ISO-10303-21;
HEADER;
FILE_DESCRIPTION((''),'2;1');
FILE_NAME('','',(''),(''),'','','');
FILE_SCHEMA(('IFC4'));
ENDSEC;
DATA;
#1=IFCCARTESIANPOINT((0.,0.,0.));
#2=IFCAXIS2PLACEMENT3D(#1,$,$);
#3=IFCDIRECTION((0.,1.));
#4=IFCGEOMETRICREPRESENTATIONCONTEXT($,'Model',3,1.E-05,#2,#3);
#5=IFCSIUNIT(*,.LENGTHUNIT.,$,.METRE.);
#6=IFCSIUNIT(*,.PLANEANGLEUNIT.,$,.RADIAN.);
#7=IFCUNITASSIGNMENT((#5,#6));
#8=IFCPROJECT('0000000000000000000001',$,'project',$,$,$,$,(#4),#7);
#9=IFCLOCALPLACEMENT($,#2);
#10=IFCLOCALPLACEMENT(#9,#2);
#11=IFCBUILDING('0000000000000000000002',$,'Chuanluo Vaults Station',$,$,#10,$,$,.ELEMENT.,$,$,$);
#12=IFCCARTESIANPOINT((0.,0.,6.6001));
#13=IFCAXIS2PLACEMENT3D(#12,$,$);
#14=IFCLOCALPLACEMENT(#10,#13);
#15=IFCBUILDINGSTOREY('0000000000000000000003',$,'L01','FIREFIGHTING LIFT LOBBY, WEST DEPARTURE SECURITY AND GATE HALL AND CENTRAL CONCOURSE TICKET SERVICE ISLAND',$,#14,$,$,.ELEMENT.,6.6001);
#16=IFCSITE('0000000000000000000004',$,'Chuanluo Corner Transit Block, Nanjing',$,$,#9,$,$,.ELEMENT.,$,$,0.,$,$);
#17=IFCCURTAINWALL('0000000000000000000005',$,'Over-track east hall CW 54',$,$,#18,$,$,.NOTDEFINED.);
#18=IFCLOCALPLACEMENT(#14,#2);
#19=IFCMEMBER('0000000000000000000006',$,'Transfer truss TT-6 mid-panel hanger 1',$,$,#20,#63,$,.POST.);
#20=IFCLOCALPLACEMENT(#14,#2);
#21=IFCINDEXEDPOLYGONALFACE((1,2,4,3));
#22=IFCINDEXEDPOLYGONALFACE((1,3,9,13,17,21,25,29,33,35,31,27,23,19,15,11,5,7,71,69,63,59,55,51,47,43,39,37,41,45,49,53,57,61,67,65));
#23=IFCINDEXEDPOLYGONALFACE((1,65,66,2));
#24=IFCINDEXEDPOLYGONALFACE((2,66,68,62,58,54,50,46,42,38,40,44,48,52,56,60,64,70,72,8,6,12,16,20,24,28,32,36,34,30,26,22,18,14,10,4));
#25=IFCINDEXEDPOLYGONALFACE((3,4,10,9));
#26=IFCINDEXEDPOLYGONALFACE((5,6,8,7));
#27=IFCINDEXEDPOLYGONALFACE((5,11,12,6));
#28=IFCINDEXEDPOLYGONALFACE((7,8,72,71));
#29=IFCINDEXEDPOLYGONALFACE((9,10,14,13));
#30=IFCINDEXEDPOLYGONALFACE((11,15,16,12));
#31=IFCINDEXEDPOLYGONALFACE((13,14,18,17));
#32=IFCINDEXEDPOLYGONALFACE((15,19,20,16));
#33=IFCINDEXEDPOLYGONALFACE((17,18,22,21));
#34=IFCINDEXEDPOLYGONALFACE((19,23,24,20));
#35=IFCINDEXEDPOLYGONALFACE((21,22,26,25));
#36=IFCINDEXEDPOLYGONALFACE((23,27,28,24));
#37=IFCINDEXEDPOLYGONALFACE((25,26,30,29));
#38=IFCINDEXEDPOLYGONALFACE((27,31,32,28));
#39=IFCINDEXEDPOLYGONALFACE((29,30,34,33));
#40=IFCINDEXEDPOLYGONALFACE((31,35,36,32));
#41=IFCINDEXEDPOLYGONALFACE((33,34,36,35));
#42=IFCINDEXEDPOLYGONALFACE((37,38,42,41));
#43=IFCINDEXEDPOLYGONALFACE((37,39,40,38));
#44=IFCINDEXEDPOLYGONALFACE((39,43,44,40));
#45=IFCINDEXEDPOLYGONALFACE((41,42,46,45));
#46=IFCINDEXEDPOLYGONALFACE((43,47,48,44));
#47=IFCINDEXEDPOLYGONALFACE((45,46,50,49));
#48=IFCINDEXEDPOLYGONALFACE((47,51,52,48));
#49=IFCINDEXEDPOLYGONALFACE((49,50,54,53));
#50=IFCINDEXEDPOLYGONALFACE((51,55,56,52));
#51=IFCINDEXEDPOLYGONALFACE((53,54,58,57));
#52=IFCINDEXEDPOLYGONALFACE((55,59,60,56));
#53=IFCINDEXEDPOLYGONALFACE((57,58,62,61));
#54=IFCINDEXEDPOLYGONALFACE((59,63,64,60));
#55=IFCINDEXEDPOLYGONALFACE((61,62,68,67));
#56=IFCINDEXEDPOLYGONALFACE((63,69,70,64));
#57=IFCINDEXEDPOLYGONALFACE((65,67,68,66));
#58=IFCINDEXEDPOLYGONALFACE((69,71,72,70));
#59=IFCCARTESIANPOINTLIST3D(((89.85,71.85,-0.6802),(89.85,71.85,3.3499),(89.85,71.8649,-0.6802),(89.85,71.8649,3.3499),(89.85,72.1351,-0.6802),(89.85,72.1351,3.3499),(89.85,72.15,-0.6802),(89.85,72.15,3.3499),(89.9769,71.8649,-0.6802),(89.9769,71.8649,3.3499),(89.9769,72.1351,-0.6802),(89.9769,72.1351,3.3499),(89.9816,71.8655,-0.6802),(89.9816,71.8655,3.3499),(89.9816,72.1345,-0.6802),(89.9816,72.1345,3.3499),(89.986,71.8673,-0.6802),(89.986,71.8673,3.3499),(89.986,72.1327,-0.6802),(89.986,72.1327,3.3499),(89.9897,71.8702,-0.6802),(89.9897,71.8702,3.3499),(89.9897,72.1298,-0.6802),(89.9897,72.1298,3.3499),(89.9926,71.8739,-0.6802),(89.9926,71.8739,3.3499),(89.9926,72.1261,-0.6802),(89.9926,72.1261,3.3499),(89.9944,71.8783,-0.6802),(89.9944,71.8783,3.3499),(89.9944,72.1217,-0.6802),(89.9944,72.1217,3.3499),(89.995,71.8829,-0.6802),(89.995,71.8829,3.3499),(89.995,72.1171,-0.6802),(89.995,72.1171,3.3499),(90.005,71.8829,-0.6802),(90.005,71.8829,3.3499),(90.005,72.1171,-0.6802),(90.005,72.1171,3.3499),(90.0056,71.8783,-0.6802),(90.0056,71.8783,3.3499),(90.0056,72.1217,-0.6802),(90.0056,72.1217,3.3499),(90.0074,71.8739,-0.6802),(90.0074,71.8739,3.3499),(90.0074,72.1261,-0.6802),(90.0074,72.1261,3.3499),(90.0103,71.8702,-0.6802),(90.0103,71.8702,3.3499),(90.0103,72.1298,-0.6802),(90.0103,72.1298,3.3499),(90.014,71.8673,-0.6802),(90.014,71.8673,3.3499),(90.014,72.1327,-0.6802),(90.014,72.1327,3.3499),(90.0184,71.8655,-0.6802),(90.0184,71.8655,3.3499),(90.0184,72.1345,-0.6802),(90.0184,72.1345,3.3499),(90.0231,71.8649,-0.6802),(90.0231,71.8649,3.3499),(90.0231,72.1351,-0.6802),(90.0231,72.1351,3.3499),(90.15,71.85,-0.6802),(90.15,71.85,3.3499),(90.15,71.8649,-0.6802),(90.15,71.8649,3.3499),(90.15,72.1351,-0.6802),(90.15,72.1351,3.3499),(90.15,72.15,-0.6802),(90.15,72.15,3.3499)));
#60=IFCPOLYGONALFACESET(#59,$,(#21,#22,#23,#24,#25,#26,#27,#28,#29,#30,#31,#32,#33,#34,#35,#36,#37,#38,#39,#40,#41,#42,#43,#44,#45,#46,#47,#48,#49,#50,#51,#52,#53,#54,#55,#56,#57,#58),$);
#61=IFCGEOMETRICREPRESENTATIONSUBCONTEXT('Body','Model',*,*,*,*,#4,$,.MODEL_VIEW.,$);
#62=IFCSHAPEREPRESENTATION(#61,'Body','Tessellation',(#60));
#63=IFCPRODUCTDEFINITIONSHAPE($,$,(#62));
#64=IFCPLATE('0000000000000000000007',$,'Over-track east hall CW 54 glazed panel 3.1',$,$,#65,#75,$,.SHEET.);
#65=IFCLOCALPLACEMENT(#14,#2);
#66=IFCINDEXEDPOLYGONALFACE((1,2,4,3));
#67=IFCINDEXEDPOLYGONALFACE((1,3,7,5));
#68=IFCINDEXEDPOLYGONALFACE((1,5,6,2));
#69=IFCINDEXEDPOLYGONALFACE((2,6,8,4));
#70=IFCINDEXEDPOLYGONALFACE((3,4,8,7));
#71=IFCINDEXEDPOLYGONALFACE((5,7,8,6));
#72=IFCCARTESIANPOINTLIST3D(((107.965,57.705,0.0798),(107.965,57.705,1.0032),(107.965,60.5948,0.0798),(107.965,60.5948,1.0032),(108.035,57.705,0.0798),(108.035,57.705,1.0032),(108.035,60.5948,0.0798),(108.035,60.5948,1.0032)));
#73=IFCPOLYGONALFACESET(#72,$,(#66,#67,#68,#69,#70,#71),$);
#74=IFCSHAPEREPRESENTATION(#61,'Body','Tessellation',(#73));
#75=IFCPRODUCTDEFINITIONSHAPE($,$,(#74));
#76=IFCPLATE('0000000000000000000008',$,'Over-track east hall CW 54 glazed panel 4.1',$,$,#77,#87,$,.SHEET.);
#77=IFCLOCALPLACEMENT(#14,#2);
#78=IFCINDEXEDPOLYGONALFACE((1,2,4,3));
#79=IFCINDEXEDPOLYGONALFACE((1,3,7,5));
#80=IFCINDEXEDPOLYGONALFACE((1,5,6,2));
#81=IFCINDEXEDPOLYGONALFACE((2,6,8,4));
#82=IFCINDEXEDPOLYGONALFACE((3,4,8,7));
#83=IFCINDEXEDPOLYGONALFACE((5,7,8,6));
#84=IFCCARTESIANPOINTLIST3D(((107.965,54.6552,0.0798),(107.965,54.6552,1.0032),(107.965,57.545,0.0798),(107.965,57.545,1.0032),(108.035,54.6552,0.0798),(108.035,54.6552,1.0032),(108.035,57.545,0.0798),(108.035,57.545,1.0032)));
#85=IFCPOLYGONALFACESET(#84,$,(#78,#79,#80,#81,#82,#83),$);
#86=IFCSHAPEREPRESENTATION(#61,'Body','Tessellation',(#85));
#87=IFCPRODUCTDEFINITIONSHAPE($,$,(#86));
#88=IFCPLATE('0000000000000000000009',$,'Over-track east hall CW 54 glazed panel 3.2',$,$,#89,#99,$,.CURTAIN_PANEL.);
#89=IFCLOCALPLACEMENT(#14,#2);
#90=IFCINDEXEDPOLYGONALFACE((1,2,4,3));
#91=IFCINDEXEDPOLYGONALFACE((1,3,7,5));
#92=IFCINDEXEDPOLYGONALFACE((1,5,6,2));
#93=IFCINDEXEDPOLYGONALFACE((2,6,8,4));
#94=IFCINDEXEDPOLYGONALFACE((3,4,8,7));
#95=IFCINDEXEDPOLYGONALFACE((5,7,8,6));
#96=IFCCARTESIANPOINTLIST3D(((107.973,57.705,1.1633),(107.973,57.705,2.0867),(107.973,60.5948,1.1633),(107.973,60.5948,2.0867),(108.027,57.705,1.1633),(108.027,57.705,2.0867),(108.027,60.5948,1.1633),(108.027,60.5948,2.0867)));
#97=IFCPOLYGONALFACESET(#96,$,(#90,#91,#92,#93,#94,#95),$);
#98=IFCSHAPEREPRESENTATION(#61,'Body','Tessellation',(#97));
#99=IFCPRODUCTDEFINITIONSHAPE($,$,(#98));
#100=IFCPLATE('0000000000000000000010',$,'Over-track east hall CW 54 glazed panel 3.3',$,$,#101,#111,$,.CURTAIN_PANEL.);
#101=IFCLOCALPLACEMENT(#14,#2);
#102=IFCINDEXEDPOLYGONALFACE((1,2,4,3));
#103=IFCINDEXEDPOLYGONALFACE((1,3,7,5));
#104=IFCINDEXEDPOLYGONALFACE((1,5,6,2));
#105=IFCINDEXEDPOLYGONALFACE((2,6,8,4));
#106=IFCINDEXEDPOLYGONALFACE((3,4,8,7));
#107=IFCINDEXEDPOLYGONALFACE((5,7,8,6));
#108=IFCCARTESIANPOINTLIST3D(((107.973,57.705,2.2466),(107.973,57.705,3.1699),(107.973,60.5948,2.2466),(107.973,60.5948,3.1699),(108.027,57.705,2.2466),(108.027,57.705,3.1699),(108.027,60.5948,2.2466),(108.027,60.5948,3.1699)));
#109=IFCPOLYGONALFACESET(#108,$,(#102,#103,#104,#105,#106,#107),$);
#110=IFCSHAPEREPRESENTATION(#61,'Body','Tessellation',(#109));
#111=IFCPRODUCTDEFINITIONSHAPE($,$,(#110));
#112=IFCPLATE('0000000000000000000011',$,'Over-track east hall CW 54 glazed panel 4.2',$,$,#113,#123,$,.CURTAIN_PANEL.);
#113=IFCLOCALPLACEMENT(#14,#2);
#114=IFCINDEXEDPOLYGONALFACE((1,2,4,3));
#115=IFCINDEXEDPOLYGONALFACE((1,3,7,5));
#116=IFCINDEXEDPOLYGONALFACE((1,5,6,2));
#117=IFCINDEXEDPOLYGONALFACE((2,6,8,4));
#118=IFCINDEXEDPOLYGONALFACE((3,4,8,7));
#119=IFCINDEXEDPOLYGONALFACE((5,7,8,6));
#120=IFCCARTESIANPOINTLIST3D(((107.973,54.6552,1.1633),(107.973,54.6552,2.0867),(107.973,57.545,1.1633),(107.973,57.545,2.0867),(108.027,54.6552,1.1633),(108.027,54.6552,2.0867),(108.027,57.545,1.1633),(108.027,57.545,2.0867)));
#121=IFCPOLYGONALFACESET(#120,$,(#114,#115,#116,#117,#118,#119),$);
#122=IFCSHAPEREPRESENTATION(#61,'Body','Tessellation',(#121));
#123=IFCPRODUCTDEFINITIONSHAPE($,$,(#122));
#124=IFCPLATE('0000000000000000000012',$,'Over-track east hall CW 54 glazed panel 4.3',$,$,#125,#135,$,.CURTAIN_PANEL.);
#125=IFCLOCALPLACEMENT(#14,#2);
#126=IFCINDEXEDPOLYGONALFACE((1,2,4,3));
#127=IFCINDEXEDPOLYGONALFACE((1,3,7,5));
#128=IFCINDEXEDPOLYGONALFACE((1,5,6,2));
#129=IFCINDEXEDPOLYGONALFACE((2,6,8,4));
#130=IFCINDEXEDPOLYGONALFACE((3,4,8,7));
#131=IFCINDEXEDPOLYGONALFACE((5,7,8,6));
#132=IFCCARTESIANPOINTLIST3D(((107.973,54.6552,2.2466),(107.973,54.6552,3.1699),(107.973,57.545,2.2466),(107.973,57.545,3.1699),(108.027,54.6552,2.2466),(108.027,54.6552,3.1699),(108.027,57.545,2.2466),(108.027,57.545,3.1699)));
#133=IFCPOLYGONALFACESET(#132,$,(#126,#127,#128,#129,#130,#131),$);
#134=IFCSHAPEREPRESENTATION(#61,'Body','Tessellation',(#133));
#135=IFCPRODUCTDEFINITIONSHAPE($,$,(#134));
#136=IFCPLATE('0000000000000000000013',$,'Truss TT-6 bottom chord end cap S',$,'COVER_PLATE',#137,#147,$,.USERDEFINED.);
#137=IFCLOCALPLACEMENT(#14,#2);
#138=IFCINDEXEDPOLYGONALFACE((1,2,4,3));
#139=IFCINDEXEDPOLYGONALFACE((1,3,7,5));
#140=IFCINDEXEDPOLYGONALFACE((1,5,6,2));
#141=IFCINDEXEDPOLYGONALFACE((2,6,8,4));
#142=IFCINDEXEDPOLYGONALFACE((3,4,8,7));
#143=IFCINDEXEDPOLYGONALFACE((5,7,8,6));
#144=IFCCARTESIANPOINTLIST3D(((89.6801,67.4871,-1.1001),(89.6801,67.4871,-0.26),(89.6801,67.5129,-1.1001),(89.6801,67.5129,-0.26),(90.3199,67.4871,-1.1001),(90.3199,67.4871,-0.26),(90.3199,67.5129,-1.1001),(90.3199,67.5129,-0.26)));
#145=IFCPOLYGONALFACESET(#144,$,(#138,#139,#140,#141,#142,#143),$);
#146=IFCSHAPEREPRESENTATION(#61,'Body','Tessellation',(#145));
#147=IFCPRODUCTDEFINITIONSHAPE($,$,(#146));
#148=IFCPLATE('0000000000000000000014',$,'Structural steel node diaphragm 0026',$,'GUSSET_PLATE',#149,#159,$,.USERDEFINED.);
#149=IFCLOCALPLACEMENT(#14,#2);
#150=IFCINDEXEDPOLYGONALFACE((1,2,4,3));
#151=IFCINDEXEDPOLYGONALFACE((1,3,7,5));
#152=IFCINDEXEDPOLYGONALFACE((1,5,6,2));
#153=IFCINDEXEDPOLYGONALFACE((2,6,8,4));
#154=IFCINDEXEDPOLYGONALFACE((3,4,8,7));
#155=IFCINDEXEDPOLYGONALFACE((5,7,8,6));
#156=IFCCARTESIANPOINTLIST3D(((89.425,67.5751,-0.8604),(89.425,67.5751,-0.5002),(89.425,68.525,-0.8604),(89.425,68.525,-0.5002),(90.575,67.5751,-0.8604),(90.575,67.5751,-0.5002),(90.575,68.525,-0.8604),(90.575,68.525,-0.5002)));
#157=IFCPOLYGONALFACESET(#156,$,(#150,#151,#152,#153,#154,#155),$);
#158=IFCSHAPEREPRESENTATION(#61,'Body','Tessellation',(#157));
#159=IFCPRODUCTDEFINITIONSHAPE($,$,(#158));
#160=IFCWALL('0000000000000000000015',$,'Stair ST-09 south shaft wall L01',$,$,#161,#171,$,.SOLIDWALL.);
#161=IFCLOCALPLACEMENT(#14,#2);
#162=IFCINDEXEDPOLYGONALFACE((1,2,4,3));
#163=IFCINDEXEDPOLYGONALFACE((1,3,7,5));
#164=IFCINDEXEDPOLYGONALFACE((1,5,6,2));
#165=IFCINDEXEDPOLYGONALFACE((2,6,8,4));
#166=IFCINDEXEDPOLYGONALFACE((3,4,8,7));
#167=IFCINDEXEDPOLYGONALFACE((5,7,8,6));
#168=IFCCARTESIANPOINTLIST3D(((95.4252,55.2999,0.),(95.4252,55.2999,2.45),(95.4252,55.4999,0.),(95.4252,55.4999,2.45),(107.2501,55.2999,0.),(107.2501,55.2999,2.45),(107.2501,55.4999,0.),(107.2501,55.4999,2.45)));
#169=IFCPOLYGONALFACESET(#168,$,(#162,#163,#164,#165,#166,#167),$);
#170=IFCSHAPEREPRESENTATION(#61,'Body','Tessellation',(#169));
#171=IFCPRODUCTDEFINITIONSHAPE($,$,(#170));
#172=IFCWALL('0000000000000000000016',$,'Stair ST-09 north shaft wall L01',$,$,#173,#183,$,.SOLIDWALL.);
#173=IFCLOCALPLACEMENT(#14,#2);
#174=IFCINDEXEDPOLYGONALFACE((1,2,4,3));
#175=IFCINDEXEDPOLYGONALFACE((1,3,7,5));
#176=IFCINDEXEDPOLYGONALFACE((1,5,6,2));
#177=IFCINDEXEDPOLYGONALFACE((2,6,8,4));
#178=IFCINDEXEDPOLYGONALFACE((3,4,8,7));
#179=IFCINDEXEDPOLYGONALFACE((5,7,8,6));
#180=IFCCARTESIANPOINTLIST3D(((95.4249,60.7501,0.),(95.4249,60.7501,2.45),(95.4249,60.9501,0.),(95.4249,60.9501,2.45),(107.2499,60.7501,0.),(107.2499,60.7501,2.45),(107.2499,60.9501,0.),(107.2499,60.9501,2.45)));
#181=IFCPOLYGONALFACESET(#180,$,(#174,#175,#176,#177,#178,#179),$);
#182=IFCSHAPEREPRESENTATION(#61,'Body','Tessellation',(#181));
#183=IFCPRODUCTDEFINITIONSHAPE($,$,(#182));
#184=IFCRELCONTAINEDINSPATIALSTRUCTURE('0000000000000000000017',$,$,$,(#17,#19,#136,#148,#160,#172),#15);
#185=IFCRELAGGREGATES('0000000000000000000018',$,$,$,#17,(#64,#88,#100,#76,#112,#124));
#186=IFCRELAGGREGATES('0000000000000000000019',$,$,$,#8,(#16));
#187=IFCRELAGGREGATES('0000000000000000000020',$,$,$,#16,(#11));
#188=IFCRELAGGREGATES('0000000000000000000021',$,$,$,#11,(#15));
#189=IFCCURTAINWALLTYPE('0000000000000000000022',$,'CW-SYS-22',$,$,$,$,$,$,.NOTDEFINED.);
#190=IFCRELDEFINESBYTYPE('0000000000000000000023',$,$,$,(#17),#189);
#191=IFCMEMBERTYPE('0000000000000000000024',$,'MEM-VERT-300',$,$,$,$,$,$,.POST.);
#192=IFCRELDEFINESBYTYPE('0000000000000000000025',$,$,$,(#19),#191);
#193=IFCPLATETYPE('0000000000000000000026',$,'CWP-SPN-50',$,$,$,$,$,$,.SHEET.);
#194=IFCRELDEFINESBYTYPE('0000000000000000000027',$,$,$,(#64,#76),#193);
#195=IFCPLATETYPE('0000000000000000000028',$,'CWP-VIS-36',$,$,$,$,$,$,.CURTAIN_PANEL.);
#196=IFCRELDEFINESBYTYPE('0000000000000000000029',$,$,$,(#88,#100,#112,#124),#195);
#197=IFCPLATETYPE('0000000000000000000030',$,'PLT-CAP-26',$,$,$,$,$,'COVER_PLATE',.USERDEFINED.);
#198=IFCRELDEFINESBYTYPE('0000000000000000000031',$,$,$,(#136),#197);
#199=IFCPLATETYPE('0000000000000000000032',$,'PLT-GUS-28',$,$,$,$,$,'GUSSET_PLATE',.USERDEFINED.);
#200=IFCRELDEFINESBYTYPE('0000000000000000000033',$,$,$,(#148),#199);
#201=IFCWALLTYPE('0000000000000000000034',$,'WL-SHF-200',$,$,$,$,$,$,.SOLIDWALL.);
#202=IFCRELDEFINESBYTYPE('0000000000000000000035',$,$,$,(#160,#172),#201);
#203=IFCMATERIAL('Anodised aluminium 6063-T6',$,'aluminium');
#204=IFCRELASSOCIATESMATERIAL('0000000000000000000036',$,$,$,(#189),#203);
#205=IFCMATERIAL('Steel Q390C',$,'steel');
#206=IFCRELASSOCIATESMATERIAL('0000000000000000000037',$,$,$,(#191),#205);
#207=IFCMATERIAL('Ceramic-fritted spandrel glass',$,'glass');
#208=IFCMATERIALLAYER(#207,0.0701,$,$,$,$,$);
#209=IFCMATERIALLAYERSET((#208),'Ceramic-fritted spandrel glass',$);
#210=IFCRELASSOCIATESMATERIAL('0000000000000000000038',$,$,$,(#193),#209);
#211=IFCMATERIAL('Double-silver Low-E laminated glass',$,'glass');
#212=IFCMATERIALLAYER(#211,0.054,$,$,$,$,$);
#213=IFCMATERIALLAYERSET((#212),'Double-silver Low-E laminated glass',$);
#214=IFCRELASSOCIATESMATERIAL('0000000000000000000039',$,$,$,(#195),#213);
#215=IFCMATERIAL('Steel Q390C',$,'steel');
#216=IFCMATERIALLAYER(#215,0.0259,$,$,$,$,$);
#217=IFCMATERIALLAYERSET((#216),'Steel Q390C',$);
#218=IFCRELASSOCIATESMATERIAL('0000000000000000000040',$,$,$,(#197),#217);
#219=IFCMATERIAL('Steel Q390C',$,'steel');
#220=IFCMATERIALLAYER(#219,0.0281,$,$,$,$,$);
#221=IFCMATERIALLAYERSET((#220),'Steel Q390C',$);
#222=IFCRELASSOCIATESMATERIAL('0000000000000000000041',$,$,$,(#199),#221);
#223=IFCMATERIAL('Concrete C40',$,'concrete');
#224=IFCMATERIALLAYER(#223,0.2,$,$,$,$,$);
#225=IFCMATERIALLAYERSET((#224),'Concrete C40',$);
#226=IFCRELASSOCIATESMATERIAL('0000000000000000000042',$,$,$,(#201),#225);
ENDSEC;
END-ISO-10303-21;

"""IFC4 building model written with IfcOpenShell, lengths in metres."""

from ifc_helpers import new_model, si_unit, direction, frame, frame_2d, origin, origin_2d, place, context, subcontext, project, spatial, rectangle, i_section, extrude, material, layer, layer_set, material_profile, profile_set, type_object, element, aggregate, save


model = new_model("IFC4")

# Units and contexts
model_context = context("Model", 3, precision=1e-05, world=origin(), true_north=direction((0.0, 1.0)))
body_context = subcontext(model_context, "Body", "Model", "MODEL_VIEW")
ifc_project = project(units=[si_unit("LENGTHUNIT", "METRE"), si_unit("PLANEANGLEUNIT", "RADIAN")], contexts=[model_context])

# Site, building, storey
site_placement = place(None, origin())
site = spatial("IfcSite", under=ifc_project, at=site_placement, Name="Chuanluo Corner Transit Block, Nanjing", CompositionType="ELEMENT", RefElevation=0.0)
building_placement = place(site_placement, origin())
building = spatial("IfcBuilding", under=site, at=building_placement, Name="Chuanluo Vaults Station", CompositionType="ELEMENT")
storey_placement = place(building_placement, frame((0.0, 0.0, 6.6001)))
storey = spatial("IfcBuildingStorey", under=building, at=storey_placement, Name="L01", Description="FIREFIGHTING LIFT LOBBY, WEST DEPARTURE SECURITY AND GATE HALL AND CENTRAL CONCOURSE TICKET SERVICE ISLAND", CompositionType="ELEMENT", Elevation=6.6001)

# Curtain wall
ifc_material_1 = material(Name="Anodised aluminium 6063-T6", Category="aluminium")
curtain_wall_type = type_object("IfcCurtainWallType", Name="CW-SYS-22", PredefinedType="NOTDEFINED", material=ifc_material_1)
curtain_wall_placement = place(storey_placement, origin())
curtain_wall = element("IfcCurtainWall", 1, at=curtain_wall_placement, inside=storey, type_object=curtain_wall_type, Name="Over-track east hall CW 54", PredefinedType="NOTDEFINED")

# Member
ifc_material_2 = material(Name="Steel Q390C", Category="steel")
ifc_material_profile_1 = material_profile(ifc_material_2, i_section(OverallWidth=0.3, OverallDepth=0.3, WebThickness=0.01, FlangeThickness=0.0149, FilletRadius=0.0181, at=origin_2d()))
ifc_profile_set_1 = profile_set([ifc_material_profile_1], Name="Steel Q390C")
member_type_1 = type_object("IfcMemberType", Name="MEM-VERT-300", PredefinedType="POST", material=ifc_profile_set_1)
member_1_placement = place(storey_placement, frame((90.0, 72.0, -0.6802), z_axis=(0.0, 0.0, 1.0), x_axis=(1.0, 0.0, 0.0)))
element("IfcMember", 2, at=member_1_placement, inside=storey, type_object=member_type_1, Name="Transfer truss TT-6 mid-panel hanger 1", PredefinedType="POST", context=body_context, shape_type="SweptSolid", body=[
    extrude(i_section(OverallWidth=0.3, OverallDepth=0.3, WebThickness=0.01, FlangeThickness=0.0149, FilletRadius=0.0181, at=origin_2d()), origin(), (0.0, 0.0, 1.0), 4.03),
])

# Plates
ifc_material_3 = material(Name="Ceramic-fritted spandrel glass", Category="glass")
ifc_layer_1 = layer(ifc_material_3, 0.0701)
ifc_layer_set_1 = layer_set([ifc_layer_1], Name="Ceramic-fritted spandrel glass")
plate_type_1 = type_object("IfcPlateType", Name="CWP-SPN-50", PredefinedType="SHEET", material=ifc_layer_set_1)
plate_1_placement = place(storey_placement, frame((108.0, 59.1499, 0.0798), z_axis=(0.0, 0.0, 1.0), x_axis=(0.0, -1.0, 0.0)))
plate_1 = element("IfcPlate", 3, at=plate_1_placement, type_object=plate_type_1, Name="Over-track east hall CW 54 glazed panel 3.1", PredefinedType="SHEET", context=body_context, shape_type="SweptSolid", body=[
    extrude(rectangle(XDim=2.8899, YDim=0.0701, at=origin_2d()), origin(), (0.0, 0.0, 1.0), 0.9233),
])
plate_2_placement = place(storey_placement, frame((108.0, 56.1001, 0.0798), z_axis=(0.0, 0.0, 1.0), x_axis=(0.0, -1.0, 0.0)))
plate_2 = element("IfcPlate", 4, at=plate_2_placement, type_object=plate_type_1, Name="Over-track east hall CW 54 glazed panel 4.1", PredefinedType="SHEET", context=body_context, shape_type="SweptSolid", body=[
    extrude(rectangle(XDim=2.8899, YDim=0.0701, at=origin_2d()), origin(), (0.0, 0.0, 1.0), 0.9233),
])
ifc_material_4 = material(Name="Double-silver Low-E laminated glass", Category="glass")
ifc_layer_2 = layer(ifc_material_4, 0.054)
ifc_layer_set_2 = layer_set([ifc_layer_2], Name="Double-silver Low-E laminated glass")
plate_type_2 = type_object("IfcPlateType", Name="CWP-VIS-36", PredefinedType="CURTAIN_PANEL", material=ifc_layer_set_2)
plate_3_placement = place(storey_placement, frame((108.0, 59.1499, 1.1633), z_axis=(0.0, 0.0, 1.0), x_axis=(0.0, -1.0, 0.0)))
plate_3 = element("IfcPlate", 5, at=plate_3_placement, type_object=plate_type_2, Name="Over-track east hall CW 54 glazed panel 3.2", PredefinedType="CURTAIN_PANEL", context=body_context, shape_type="SweptSolid", body=[
    extrude(rectangle(XDim=2.8899, YDim=0.054, at=origin_2d()), origin(), (0.0, 0.0, 1.0), 0.9233),
])
plate_4_placement = place(storey_placement, frame((108.0, 59.1499, 2.2466), z_axis=(0.0, 0.0, 1.0), x_axis=(0.0, -1.0, 0.0)))
plate_4 = element("IfcPlate", 6, at=plate_4_placement, type_object=plate_type_2, Name="Over-track east hall CW 54 glazed panel 3.3", PredefinedType="CURTAIN_PANEL", context=body_context, shape_type="SweptSolid", body=[
    extrude(rectangle(XDim=2.8899, YDim=0.054, at=origin_2d()), origin(), (0.0, 0.0, 1.0), 0.9233),
])
plate_5_placement = place(storey_placement, frame((108.0, 56.1001, 1.1633), z_axis=(0.0, 0.0, 1.0), x_axis=(0.0, -1.0, 0.0)))
plate_5 = element("IfcPlate", 7, at=plate_5_placement, type_object=plate_type_2, Name="Over-track east hall CW 54 glazed panel 4.2", PredefinedType="CURTAIN_PANEL", context=body_context, shape_type="SweptSolid", body=[
    extrude(rectangle(XDim=2.8899, YDim=0.054, at=origin_2d()), origin(), (0.0, 0.0, 1.0), 0.9233),
])
plate_6_placement = place(storey_placement, frame((108.0, 56.1001, 2.2466), z_axis=(0.0, 0.0, 1.0), x_axis=(0.0, -1.0, 0.0)))
plate_6 = element("IfcPlate", 8, at=plate_6_placement, type_object=plate_type_2, Name="Over-track east hall CW 54 glazed panel 4.3", PredefinedType="CURTAIN_PANEL", context=body_context, shape_type="SweptSolid", body=[
    extrude(rectangle(XDim=2.8899, YDim=0.054, at=origin_2d()), origin(), (0.0, 0.0, 1.0), 0.9233),
])
aggregate(curtain_wall, [plate_1, plate_3, plate_4, plate_2, plate_5, plate_6])

# Plates
ifc_material_5 = material(Name="Steel Q390C", Category="steel")
ifc_layer_3 = layer(ifc_material_5, 0.0259)
ifc_layer_set_3 = layer_set([ifc_layer_3], Name="Steel Q390C")
plate_type_3 = type_object("IfcPlateType", Name="PLT-CAP-26", ElementType="COVER_PLATE", PredefinedType="USERDEFINED", material=ifc_layer_set_3)
plate_7_placement = place(storey_placement, frame((90.0, 67.5, -1.1001), z_axis=(0.0, 0.0, 1.0), x_axis=(1.0, 0.0, 0.0)))
element("IfcPlate", 9, at=plate_7_placement, inside=storey, type_object=plate_type_3, Name="Truss TT-6 bottom chord end cap S", ObjectType="COVER_PLATE", PredefinedType="USERDEFINED", context=body_context, shape_type="SweptSolid", body=[
    extrude(rectangle(XDim=0.6399, YDim=0.0259, at=origin_2d()), origin(), (0.0, 0.0, 1.0), 0.8401),
])
ifc_material_6 = material(Name="Steel Q390C", Category="steel")
ifc_layer_4 = layer(ifc_material_6, 0.0281)
ifc_layer_set_4 = layer_set([ifc_layer_4], Name="Steel Q390C")
plate_type_4 = type_object("IfcPlateType", Name="PLT-GUS-28", ElementType="GUSSET_PLATE", PredefinedType="USERDEFINED", material=ifc_layer_set_4)
plate_8_placement = place(storey_placement, frame((90.0, 68.05, -0.8604), z_axis=(0.0, 0.0, 1.0), x_axis=(1.0, 0.0, 0.0)))
element("IfcPlate", 10, at=plate_8_placement, inside=storey, type_object=plate_type_4, Name="Structural steel node diaphragm 0026", ObjectType="GUSSET_PLATE", PredefinedType="USERDEFINED", context=body_context, shape_type="SweptSolid", body=[
    extrude(rectangle(XDim=1.1499, YDim=0.95, at=origin_2d()), origin(), (0.0, 0.0, 1.0), 0.3601),
])

# Walls
ifc_material_7 = material(Name="Concrete C40", Category="concrete")
ifc_layer_5 = layer(ifc_material_7, 0.2)
ifc_layer_set_5 = layer_set([ifc_layer_5], Name="Concrete C40")
wall_type = type_object("IfcWallType", Name="WL-SHF-200", PredefinedType="SOLIDWALL", material=ifc_layer_set_5)
for number, where, z_axis, x_axis, name in (
    (11, (95.425, 55.3999, 0.0), (0.0, 0.0, 1.0), (1.0, 0.0, 0.0), "Stair ST-09 south shaft wall L01"),
    (12, (107.25, 60.8501, 0.0), (0.0, 0.0, 1.0), (-1.0, 0.0, 0.0), "Stair ST-09 north shaft wall L01"),
):
    element("IfcWall", number, at=place(storey_placement, frame(where, z_axis=z_axis, x_axis=x_axis)), inside=storey, type_object=wall_type, Name=name, PredefinedType="SOLIDWALL", context=body_context, shape_type="SweptSolid", body=[
        extrude(rectangle(XDim=11.825, YDim=0.2, at=frame_2d((5.9126, 0.0))), origin(), (0.0, 0.0, 1.0), 2.45),
    ])

save(model, "model.ifc")
